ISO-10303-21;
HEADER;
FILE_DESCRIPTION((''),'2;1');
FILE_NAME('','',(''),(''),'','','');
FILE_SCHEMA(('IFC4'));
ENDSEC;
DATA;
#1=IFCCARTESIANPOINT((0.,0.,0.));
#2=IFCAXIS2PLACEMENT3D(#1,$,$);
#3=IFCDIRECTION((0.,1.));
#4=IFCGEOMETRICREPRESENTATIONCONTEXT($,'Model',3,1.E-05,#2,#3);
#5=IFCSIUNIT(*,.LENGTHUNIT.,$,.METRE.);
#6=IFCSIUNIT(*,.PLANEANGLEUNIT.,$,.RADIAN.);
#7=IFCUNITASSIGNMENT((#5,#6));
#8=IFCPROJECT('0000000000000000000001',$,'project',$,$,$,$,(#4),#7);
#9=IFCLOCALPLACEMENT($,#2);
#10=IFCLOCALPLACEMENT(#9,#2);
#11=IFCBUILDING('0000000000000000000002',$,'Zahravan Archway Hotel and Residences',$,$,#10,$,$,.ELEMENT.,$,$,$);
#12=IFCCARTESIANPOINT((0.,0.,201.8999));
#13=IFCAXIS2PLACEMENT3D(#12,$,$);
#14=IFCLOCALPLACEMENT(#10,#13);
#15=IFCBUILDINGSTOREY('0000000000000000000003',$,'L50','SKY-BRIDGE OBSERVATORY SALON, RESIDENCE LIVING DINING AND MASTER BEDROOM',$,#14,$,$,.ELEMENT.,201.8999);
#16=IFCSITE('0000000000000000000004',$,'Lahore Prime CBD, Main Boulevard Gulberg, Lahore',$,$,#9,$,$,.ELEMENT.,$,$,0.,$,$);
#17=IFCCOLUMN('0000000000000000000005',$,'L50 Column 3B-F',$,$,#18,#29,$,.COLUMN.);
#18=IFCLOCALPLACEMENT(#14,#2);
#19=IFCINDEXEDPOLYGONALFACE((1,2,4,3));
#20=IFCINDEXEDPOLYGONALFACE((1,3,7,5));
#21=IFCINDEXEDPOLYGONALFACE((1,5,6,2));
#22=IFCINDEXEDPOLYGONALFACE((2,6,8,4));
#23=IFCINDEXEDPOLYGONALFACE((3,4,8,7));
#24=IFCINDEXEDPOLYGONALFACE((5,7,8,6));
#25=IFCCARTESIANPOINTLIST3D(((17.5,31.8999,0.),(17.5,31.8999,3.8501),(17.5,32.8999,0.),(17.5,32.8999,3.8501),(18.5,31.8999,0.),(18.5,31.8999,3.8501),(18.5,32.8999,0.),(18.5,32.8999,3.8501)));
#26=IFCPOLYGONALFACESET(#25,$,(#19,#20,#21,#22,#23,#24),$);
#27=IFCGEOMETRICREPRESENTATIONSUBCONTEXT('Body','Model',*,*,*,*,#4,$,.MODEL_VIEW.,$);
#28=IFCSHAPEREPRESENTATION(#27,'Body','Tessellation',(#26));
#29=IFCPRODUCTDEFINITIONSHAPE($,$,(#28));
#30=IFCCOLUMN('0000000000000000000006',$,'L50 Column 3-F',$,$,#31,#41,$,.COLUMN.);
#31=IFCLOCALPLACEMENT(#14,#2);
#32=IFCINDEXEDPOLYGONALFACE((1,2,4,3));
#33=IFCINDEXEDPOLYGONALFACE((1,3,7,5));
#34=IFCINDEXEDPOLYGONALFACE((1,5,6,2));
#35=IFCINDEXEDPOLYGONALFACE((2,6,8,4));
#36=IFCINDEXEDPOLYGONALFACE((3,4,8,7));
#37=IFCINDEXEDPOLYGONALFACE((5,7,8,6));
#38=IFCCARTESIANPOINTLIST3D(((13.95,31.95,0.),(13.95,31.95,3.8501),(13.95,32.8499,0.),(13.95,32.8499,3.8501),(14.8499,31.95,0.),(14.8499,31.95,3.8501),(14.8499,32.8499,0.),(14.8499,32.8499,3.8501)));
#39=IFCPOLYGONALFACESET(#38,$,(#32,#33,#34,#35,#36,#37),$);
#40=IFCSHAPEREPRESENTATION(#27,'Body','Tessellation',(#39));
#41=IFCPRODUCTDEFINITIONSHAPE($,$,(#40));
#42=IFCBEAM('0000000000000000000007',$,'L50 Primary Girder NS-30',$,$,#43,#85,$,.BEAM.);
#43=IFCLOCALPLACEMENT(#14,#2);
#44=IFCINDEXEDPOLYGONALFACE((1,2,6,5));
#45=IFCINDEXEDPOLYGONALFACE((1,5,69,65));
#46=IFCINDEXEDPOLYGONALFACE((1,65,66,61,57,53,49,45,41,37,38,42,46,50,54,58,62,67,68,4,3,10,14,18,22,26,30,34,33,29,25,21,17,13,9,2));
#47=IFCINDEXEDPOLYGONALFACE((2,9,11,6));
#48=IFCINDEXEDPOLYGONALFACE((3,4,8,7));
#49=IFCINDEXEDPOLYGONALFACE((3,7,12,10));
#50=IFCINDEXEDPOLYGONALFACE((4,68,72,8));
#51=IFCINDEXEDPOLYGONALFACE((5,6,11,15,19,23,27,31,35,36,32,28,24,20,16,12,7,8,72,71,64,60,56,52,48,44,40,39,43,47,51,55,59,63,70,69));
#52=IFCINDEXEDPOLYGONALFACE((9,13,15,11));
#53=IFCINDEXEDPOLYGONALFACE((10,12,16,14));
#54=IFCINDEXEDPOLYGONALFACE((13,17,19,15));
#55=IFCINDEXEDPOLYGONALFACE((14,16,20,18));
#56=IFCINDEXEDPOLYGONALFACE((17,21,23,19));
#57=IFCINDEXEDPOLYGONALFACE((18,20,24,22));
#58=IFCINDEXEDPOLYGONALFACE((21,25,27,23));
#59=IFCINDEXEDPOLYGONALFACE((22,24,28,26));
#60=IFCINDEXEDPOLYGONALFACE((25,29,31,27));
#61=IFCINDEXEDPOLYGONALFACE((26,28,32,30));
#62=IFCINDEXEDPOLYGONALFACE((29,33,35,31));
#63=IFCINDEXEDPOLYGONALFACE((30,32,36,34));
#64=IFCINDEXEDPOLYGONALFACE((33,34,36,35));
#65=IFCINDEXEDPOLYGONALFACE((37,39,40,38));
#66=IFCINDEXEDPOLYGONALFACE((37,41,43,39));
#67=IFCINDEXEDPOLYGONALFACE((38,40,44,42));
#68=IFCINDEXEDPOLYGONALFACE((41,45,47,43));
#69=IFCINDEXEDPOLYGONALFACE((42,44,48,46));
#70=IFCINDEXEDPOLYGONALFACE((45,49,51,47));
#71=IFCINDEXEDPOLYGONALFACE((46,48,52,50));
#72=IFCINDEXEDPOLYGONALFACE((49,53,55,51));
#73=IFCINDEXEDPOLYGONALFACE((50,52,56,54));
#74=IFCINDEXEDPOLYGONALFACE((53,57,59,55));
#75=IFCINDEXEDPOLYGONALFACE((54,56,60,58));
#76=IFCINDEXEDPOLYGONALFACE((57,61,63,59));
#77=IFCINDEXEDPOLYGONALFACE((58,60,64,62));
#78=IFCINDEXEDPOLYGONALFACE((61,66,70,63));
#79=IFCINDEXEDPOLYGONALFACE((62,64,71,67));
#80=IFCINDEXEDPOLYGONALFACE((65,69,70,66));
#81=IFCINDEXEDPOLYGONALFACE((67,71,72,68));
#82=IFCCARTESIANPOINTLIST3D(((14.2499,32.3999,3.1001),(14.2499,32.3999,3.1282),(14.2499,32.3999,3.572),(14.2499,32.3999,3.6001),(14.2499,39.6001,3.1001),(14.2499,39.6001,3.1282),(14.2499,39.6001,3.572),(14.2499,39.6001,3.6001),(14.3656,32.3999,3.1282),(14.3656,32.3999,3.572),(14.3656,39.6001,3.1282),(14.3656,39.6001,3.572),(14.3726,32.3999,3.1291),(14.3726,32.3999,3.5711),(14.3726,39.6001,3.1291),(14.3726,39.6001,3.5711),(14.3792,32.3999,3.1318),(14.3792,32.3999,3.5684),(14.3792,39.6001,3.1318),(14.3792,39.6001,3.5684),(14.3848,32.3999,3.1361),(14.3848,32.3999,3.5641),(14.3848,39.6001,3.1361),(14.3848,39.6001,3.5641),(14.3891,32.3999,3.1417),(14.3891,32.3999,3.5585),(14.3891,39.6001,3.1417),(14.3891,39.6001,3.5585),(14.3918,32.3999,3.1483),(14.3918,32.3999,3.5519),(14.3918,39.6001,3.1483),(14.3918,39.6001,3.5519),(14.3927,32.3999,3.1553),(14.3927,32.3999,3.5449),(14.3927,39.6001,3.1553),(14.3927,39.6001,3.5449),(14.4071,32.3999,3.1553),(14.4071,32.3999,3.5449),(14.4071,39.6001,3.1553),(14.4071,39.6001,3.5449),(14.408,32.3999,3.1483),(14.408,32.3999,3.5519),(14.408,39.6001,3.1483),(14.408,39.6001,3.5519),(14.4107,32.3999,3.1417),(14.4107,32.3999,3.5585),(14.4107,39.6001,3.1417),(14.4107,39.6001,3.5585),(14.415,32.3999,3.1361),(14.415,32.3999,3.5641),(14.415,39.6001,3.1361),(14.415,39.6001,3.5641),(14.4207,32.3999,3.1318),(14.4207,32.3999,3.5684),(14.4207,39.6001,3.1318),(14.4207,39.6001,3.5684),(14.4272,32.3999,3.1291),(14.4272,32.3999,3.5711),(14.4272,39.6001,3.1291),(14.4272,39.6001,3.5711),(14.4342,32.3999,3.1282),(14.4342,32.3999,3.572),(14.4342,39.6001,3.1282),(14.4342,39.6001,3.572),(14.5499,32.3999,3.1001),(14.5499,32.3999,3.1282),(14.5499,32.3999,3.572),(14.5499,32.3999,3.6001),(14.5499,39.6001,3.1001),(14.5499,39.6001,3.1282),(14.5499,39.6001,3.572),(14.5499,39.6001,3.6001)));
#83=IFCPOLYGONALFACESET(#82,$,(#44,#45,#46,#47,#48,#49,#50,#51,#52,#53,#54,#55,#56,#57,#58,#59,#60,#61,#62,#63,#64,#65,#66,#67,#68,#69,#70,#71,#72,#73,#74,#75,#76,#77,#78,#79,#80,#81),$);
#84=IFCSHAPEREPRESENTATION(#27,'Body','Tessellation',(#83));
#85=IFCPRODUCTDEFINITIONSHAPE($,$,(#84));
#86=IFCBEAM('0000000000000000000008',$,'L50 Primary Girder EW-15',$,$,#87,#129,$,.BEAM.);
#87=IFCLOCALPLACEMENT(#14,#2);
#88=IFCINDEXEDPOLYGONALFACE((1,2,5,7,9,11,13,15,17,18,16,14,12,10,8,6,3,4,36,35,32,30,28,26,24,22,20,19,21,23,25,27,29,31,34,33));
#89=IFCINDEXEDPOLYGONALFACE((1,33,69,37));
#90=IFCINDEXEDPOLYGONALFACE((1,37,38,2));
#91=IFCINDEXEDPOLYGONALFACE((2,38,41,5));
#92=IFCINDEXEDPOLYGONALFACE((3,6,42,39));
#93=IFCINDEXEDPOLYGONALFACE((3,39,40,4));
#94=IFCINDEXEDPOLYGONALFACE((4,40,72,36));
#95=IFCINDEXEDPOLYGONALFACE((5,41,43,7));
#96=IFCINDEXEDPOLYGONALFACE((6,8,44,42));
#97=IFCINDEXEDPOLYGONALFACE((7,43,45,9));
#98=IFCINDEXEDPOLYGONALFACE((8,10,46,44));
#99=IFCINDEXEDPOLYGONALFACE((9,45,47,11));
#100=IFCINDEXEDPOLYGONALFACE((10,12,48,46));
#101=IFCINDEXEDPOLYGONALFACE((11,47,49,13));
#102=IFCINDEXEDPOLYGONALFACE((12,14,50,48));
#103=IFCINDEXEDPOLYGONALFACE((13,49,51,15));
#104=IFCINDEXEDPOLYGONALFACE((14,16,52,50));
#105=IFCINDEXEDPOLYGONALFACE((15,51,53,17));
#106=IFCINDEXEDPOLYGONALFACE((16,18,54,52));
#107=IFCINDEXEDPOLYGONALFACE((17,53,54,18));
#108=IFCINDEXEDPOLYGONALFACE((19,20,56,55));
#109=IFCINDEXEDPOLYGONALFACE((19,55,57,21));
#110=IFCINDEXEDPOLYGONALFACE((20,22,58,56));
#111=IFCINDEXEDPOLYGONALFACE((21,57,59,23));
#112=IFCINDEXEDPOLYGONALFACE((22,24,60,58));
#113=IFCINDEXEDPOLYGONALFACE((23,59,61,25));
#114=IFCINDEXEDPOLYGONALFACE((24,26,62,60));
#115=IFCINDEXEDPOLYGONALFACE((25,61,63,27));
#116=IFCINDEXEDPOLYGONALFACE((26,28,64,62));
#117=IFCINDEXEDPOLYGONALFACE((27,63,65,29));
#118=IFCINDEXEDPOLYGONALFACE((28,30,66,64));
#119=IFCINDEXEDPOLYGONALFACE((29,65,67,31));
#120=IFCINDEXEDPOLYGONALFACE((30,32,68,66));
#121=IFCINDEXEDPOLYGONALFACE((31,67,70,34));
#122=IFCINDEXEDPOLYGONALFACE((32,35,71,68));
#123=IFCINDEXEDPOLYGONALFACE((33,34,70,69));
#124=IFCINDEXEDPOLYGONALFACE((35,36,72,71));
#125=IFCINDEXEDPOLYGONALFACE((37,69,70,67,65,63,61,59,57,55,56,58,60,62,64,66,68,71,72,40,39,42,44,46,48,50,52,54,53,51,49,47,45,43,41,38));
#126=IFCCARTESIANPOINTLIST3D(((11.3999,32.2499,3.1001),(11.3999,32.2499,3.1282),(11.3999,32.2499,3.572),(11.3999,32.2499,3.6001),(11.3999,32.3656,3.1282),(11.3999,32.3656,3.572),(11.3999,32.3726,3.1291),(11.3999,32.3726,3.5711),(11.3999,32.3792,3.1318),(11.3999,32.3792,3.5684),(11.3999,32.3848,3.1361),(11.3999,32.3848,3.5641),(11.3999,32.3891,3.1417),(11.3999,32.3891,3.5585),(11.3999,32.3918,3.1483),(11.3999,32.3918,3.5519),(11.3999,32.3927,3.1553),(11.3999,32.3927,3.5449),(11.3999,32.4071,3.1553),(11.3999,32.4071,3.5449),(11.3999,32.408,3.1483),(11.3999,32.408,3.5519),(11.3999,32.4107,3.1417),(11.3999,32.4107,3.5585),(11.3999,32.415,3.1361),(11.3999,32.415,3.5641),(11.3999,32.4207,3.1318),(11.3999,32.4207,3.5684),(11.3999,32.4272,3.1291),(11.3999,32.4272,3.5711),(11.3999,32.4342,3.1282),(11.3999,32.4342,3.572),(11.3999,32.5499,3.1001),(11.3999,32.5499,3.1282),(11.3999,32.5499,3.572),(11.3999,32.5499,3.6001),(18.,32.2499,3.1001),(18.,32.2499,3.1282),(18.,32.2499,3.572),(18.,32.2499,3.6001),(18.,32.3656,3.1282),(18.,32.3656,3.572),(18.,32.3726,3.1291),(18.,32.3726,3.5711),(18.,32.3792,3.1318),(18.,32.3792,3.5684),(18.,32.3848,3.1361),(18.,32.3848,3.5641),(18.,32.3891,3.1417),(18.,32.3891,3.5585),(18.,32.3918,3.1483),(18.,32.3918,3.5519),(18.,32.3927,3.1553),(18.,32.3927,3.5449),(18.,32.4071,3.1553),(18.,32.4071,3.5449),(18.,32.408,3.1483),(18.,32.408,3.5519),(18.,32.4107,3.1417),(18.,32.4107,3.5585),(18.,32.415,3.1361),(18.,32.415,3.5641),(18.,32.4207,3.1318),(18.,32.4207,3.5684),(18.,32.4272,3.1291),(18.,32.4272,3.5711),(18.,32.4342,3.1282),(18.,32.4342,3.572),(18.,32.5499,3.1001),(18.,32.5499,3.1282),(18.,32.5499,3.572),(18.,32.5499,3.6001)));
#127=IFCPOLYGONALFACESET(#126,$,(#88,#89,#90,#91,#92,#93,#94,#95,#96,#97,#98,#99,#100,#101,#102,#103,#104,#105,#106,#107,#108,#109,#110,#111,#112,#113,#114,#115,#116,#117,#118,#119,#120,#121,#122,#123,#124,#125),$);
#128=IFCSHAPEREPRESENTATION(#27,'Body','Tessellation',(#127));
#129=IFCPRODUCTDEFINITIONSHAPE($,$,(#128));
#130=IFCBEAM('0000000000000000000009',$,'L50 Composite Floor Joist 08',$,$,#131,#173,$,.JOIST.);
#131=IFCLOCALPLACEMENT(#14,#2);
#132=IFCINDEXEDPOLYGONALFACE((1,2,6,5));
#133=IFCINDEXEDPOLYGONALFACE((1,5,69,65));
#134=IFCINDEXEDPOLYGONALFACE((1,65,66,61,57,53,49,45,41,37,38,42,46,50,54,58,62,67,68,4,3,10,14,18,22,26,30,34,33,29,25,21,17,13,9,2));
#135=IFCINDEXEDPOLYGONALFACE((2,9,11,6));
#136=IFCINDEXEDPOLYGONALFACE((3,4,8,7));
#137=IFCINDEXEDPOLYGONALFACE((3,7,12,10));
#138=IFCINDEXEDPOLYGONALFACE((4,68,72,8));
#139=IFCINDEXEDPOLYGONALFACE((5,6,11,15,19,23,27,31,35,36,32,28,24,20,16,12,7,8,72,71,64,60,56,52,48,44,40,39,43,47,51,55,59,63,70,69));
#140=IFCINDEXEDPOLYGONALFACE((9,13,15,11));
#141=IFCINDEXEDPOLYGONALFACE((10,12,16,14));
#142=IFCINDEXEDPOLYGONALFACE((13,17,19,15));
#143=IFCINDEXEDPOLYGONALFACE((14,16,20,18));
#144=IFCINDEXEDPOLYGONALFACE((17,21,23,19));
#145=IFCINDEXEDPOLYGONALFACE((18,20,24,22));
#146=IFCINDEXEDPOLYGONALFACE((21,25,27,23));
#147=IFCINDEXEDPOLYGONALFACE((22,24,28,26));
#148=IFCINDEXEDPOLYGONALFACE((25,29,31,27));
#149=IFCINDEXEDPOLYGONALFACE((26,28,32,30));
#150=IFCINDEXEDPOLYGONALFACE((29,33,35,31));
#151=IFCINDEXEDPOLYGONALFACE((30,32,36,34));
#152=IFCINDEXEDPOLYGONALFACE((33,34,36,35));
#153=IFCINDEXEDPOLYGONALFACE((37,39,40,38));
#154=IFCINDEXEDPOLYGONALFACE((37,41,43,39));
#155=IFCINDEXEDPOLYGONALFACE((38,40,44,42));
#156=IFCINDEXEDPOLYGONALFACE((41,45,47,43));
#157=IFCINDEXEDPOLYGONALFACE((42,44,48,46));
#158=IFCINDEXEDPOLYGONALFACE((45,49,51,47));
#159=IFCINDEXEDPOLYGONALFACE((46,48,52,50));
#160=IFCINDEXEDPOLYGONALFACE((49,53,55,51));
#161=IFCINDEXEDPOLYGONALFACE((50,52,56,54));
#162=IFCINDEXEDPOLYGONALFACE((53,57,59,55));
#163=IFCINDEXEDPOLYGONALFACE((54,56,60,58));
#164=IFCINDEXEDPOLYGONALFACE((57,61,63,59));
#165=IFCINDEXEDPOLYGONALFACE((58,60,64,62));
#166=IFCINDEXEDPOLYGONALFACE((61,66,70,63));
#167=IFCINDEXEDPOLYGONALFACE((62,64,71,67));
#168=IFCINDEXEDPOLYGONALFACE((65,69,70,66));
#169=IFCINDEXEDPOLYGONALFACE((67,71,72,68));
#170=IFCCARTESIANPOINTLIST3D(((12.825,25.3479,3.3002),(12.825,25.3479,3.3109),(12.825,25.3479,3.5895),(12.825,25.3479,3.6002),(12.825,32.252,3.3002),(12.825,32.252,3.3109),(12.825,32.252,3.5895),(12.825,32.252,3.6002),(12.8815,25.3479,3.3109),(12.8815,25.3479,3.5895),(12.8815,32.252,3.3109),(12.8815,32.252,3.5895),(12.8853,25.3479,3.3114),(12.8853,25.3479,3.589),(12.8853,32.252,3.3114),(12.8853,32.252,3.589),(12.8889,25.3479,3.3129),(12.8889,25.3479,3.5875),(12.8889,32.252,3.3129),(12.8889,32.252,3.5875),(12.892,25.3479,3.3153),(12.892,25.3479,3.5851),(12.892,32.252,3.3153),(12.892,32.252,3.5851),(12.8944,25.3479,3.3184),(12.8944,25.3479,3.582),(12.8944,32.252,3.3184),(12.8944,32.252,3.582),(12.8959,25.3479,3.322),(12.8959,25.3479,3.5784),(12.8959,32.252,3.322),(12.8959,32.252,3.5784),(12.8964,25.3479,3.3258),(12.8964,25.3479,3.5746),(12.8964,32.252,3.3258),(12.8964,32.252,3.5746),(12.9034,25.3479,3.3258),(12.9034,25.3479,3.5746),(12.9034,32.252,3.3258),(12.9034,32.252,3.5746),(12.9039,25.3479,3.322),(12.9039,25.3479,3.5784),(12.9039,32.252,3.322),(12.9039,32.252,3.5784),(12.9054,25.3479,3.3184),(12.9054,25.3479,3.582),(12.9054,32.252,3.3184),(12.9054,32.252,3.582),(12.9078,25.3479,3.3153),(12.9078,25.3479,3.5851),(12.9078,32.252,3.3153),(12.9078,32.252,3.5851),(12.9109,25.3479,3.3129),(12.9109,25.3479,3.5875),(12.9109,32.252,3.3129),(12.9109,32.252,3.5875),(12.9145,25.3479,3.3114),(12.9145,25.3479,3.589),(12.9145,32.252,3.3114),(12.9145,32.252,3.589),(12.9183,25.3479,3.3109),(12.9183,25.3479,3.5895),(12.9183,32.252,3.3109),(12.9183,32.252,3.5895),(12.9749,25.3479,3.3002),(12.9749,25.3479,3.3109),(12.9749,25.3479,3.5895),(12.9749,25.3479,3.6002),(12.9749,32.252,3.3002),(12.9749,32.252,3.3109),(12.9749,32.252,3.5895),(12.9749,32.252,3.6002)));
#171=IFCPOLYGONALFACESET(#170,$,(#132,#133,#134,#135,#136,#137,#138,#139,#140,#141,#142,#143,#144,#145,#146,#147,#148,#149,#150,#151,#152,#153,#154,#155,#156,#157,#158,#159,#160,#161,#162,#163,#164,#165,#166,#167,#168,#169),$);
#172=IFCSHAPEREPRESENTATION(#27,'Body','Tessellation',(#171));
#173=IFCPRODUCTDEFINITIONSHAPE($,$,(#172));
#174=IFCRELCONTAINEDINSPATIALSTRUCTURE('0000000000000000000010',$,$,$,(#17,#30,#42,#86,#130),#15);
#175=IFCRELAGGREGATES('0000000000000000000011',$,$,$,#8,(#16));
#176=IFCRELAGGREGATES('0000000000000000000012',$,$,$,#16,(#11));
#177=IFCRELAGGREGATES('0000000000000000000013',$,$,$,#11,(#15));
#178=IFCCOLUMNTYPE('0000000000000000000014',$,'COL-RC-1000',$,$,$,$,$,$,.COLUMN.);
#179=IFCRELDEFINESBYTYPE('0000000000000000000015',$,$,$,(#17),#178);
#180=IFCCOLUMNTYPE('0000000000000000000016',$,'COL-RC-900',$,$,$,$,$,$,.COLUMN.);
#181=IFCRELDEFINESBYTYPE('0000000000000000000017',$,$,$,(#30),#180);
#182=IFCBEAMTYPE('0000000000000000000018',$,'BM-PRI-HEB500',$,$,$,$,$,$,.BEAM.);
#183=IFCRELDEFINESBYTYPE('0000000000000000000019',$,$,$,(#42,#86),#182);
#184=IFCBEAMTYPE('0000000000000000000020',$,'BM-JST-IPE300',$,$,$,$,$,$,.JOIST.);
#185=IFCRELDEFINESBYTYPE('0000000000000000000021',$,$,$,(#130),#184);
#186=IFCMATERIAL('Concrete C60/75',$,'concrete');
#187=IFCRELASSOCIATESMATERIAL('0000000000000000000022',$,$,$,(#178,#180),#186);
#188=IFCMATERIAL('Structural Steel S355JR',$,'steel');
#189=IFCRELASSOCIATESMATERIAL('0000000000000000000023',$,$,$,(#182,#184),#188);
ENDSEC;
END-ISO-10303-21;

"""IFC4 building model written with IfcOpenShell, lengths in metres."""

from ifc_helpers import new_model, si_unit, direction, frame, origin, origin_2d, place, context, subcontext, project, spatial, rectangle, i_section, extrude, source, transform, mapped, material, material_profile, profile_set, type_object, type_shapes, element, save


model = new_model("IFC4")

# Units and contexts
model_context = context("Model", 3, precision=1e-05, world=origin(), true_north=direction((0.0, 1.0)))
body_context = subcontext(model_context, "Body", "Model", "MODEL_VIEW")
ifc_project = project(units=[si_unit("LENGTHUNIT", "METRE"), si_unit("PLANEANGLEUNIT", "RADIAN")], contexts=[model_context])

# Site, building, storey
site_placement = place(None, origin())
site = spatial("IfcSite", under=ifc_project, at=site_placement, Name="Lahore Prime CBD, Main Boulevard Gulberg, Lahore", CompositionType="ELEMENT", RefElevation=0.0)
building_placement = place(site_placement, origin())
building = spatial("IfcBuilding", under=site, at=building_placement, Name="Zahravan Archway Hotel and Residences", CompositionType="ELEMENT")
storey_placement = place(building_placement, frame((0.0, 0.0, 201.8999)))
storey = spatial("IfcBuildingStorey", under=building, at=storey_placement, Name="L50", Description="SKY-BRIDGE OBSERVATORY SALON, RESIDENCE LIVING DINING AND MASTER BEDROOM", CompositionType="ELEMENT", Elevation=201.8999)

# Columns
ifc_material_1 = material(Name="Concrete C60/75", Category="concrete")
ifc_material_profile_1 = material_profile(ifc_material_1, rectangle(XDim=1.0, YDim=1.0, at=origin_2d()), Name="RC-COL-1000x1000", Category="concrete")
ifc_profile_set_1 = profile_set([ifc_material_profile_1], Name="Concrete C60/75")
column_type_1 = type_object("IfcColumnType", Name="COL-RC-1000", PredefinedType="COLUMN", material=ifc_profile_set_1)
shared_shape_1 = source(origin(), body_context, "Body", "SweptSolid", [
    extrude(rectangle(XDim=1.0, YDim=1.0, at=origin_2d()), origin(), (0.0, 0.0, 1.0), 3.8501),
])
column_1_placement = place(storey_placement, frame((18.0, 32.3999, 0.0), z_axis=(0.0, 0.0, 1.0), x_axis=(1.0, 0.0, 0.0)))
element("IfcColumn", 1, at=column_1_placement, inside=storey, type_object=column_type_1, Name="L50 Column 3B-F", PredefinedType="COLUMN", context=body_context, shape_type="MappedRepresentation", body=[
    mapped(shared_shape_1, transform((0.0, 0.0, 0.0), scale=1.0)),
])
ifc_material_profile_2 = material_profile(ifc_material_1, rectangle(XDim=0.8999, YDim=0.8999, at=origin_2d()), Name="RC-COL-900x900", Category="concrete")
ifc_profile_set_2 = profile_set([ifc_material_profile_2], Name="Concrete C60/75")
column_type_2 = type_object("IfcColumnType", Name="COL-RC-900", PredefinedType="COLUMN", material=ifc_profile_set_2)
shared_shape_2 = source(origin(), body_context, "Body", "SweptSolid", [
    extrude(rectangle(XDim=0.8999, YDim=0.8999, at=origin_2d()), origin(), (0.0, 0.0, 1.0), 3.8501),
])
type_shapes(column_type_2, [shared_shape_2])
column_2_placement = place(storey_placement, frame((14.3999, 32.3999, 0.0), z_axis=(0.0, 0.0, 1.0), x_axis=(1.0, 0.0, 0.0)))
element("IfcColumn", 2, at=column_2_placement, inside=storey, type_object=column_type_2, Name="L50 Column 3-F", PredefinedType="COLUMN", context=body_context, shape_type="MappedRepresentation", body=[
    mapped(shared_shape_2, transform((0.0, 0.0, 0.0), scale=1.0)),
])

# Beams
ifc_material_2 = material(Name="Structural Steel S355JR", Category="steel")
ifc_material_profile_3 = material_profile(ifc_material_2, i_section(OverallWidth=0.3, OverallDepth=0.5, WebThickness=0.0144, FlangeThickness=0.0281, FilletRadius=0.0271, at=origin_2d()), Name="HEB 500", Category="steel")
ifc_profile_set_3 = profile_set([ifc_material_profile_3], Name="Structural Steel S355JR")
beam_type_1 = type_object("IfcBeamType", Name="BM-PRI-HEB500", PredefinedType="BEAM", material=ifc_profile_set_3)
shared_shape_3 = source(origin(), body_context, "Body", "SweptSolid", [
    extrude(i_section(OverallWidth=0.3, OverallDepth=0.5, WebThickness=0.0144, FlangeThickness=0.0281, FilletRadius=0.0271, at=origin_2d()), origin(), (0.0, 0.0, 1.0), 7.2002),
])
type_shapes(beam_type_1, [shared_shape_3])
beam_1_placement = place(storey_placement, frame((14.3999, 32.3999, 3.3501), z_axis=(0.0, 1.0, 0.0), x_axis=(-1.0, 0.0, 0.0)))
element("IfcBeam", 3, at=beam_1_placement, inside=storey, type_object=beam_type_1, Name="L50 Primary Girder NS-30", PredefinedType="BEAM", context=body_context, shape_type="MappedRepresentation", body=[
    mapped(shared_shape_3, transform((0.0, 0.0, 0.0), scale=1.0)),
])
shared_shape_4 = source(origin(), body_context, "Body", "SweptSolid", [
    extrude(i_section(OverallWidth=0.3, OverallDepth=0.5, WebThickness=0.0144, FlangeThickness=0.0281, FilletRadius=0.0271, at=origin_2d()), origin(), (0.0, 0.0, 1.0), 6.6001),
])
beam_2_placement = place(storey_placement, frame((11.3999, 32.3999, 3.3501), z_axis=(1.0, 0.0, 0.0), x_axis=(0.0, 1.0, 0.0)))
element("IfcBeam", 4, at=beam_2_placement, inside=storey, type_object=beam_type_1, Name="L50 Primary Girder EW-15", PredefinedType="BEAM", context=body_context, shape_type="MappedRepresentation", body=[
    mapped(shared_shape_4, transform((0.0, 0.0, 0.0), scale=1.0)),
])
ifc_material_profile_4 = material_profile(ifc_material_2, i_section(OverallWidth=0.1499, OverallDepth=0.3, WebThickness=0.0071, FlangeThickness=0.0107, FilletRadius=0.0149, at=origin_2d()), Name="IPE 300", Category="steel")
ifc_profile_set_4 = profile_set([ifc_material_profile_4], Name="Structural Steel S355JR")
beam_type_2 = type_object("IfcBeamType", Name="BM-JST-IPE300", PredefinedType="JOIST", material=ifc_profile_set_4)
shared_shape_5 = source(origin(), body_context, "Body", "SweptSolid", [
    extrude(i_section(OverallWidth=0.1499, OverallDepth=0.3, WebThickness=0.0071, FlangeThickness=0.0107, FilletRadius=0.0149, at=origin_2d()), origin(), (0.0, 0.0, 1.0), 6.9041),
])
type_shapes(beam_type_2, [shared_shape_5])
beam_3_placement = place(storey_placement, frame((12.8999, 25.3479, 3.4502), z_axis=(0.0, 1.0, 0.0), x_axis=(-1.0, 0.0, 0.0)))
element("IfcBeam", 5, at=beam_3_placement, inside=storey, type_object=beam_type_2, Name="L50 Composite Floor Joist 08", PredefinedType="JOIST", context=body_context, shape_type="MappedRepresentation", body=[
    mapped(shared_shape_5, transform((0.0, 0.0, 0.0), scale=1.0)),
])

save(model, "model.ifc")
